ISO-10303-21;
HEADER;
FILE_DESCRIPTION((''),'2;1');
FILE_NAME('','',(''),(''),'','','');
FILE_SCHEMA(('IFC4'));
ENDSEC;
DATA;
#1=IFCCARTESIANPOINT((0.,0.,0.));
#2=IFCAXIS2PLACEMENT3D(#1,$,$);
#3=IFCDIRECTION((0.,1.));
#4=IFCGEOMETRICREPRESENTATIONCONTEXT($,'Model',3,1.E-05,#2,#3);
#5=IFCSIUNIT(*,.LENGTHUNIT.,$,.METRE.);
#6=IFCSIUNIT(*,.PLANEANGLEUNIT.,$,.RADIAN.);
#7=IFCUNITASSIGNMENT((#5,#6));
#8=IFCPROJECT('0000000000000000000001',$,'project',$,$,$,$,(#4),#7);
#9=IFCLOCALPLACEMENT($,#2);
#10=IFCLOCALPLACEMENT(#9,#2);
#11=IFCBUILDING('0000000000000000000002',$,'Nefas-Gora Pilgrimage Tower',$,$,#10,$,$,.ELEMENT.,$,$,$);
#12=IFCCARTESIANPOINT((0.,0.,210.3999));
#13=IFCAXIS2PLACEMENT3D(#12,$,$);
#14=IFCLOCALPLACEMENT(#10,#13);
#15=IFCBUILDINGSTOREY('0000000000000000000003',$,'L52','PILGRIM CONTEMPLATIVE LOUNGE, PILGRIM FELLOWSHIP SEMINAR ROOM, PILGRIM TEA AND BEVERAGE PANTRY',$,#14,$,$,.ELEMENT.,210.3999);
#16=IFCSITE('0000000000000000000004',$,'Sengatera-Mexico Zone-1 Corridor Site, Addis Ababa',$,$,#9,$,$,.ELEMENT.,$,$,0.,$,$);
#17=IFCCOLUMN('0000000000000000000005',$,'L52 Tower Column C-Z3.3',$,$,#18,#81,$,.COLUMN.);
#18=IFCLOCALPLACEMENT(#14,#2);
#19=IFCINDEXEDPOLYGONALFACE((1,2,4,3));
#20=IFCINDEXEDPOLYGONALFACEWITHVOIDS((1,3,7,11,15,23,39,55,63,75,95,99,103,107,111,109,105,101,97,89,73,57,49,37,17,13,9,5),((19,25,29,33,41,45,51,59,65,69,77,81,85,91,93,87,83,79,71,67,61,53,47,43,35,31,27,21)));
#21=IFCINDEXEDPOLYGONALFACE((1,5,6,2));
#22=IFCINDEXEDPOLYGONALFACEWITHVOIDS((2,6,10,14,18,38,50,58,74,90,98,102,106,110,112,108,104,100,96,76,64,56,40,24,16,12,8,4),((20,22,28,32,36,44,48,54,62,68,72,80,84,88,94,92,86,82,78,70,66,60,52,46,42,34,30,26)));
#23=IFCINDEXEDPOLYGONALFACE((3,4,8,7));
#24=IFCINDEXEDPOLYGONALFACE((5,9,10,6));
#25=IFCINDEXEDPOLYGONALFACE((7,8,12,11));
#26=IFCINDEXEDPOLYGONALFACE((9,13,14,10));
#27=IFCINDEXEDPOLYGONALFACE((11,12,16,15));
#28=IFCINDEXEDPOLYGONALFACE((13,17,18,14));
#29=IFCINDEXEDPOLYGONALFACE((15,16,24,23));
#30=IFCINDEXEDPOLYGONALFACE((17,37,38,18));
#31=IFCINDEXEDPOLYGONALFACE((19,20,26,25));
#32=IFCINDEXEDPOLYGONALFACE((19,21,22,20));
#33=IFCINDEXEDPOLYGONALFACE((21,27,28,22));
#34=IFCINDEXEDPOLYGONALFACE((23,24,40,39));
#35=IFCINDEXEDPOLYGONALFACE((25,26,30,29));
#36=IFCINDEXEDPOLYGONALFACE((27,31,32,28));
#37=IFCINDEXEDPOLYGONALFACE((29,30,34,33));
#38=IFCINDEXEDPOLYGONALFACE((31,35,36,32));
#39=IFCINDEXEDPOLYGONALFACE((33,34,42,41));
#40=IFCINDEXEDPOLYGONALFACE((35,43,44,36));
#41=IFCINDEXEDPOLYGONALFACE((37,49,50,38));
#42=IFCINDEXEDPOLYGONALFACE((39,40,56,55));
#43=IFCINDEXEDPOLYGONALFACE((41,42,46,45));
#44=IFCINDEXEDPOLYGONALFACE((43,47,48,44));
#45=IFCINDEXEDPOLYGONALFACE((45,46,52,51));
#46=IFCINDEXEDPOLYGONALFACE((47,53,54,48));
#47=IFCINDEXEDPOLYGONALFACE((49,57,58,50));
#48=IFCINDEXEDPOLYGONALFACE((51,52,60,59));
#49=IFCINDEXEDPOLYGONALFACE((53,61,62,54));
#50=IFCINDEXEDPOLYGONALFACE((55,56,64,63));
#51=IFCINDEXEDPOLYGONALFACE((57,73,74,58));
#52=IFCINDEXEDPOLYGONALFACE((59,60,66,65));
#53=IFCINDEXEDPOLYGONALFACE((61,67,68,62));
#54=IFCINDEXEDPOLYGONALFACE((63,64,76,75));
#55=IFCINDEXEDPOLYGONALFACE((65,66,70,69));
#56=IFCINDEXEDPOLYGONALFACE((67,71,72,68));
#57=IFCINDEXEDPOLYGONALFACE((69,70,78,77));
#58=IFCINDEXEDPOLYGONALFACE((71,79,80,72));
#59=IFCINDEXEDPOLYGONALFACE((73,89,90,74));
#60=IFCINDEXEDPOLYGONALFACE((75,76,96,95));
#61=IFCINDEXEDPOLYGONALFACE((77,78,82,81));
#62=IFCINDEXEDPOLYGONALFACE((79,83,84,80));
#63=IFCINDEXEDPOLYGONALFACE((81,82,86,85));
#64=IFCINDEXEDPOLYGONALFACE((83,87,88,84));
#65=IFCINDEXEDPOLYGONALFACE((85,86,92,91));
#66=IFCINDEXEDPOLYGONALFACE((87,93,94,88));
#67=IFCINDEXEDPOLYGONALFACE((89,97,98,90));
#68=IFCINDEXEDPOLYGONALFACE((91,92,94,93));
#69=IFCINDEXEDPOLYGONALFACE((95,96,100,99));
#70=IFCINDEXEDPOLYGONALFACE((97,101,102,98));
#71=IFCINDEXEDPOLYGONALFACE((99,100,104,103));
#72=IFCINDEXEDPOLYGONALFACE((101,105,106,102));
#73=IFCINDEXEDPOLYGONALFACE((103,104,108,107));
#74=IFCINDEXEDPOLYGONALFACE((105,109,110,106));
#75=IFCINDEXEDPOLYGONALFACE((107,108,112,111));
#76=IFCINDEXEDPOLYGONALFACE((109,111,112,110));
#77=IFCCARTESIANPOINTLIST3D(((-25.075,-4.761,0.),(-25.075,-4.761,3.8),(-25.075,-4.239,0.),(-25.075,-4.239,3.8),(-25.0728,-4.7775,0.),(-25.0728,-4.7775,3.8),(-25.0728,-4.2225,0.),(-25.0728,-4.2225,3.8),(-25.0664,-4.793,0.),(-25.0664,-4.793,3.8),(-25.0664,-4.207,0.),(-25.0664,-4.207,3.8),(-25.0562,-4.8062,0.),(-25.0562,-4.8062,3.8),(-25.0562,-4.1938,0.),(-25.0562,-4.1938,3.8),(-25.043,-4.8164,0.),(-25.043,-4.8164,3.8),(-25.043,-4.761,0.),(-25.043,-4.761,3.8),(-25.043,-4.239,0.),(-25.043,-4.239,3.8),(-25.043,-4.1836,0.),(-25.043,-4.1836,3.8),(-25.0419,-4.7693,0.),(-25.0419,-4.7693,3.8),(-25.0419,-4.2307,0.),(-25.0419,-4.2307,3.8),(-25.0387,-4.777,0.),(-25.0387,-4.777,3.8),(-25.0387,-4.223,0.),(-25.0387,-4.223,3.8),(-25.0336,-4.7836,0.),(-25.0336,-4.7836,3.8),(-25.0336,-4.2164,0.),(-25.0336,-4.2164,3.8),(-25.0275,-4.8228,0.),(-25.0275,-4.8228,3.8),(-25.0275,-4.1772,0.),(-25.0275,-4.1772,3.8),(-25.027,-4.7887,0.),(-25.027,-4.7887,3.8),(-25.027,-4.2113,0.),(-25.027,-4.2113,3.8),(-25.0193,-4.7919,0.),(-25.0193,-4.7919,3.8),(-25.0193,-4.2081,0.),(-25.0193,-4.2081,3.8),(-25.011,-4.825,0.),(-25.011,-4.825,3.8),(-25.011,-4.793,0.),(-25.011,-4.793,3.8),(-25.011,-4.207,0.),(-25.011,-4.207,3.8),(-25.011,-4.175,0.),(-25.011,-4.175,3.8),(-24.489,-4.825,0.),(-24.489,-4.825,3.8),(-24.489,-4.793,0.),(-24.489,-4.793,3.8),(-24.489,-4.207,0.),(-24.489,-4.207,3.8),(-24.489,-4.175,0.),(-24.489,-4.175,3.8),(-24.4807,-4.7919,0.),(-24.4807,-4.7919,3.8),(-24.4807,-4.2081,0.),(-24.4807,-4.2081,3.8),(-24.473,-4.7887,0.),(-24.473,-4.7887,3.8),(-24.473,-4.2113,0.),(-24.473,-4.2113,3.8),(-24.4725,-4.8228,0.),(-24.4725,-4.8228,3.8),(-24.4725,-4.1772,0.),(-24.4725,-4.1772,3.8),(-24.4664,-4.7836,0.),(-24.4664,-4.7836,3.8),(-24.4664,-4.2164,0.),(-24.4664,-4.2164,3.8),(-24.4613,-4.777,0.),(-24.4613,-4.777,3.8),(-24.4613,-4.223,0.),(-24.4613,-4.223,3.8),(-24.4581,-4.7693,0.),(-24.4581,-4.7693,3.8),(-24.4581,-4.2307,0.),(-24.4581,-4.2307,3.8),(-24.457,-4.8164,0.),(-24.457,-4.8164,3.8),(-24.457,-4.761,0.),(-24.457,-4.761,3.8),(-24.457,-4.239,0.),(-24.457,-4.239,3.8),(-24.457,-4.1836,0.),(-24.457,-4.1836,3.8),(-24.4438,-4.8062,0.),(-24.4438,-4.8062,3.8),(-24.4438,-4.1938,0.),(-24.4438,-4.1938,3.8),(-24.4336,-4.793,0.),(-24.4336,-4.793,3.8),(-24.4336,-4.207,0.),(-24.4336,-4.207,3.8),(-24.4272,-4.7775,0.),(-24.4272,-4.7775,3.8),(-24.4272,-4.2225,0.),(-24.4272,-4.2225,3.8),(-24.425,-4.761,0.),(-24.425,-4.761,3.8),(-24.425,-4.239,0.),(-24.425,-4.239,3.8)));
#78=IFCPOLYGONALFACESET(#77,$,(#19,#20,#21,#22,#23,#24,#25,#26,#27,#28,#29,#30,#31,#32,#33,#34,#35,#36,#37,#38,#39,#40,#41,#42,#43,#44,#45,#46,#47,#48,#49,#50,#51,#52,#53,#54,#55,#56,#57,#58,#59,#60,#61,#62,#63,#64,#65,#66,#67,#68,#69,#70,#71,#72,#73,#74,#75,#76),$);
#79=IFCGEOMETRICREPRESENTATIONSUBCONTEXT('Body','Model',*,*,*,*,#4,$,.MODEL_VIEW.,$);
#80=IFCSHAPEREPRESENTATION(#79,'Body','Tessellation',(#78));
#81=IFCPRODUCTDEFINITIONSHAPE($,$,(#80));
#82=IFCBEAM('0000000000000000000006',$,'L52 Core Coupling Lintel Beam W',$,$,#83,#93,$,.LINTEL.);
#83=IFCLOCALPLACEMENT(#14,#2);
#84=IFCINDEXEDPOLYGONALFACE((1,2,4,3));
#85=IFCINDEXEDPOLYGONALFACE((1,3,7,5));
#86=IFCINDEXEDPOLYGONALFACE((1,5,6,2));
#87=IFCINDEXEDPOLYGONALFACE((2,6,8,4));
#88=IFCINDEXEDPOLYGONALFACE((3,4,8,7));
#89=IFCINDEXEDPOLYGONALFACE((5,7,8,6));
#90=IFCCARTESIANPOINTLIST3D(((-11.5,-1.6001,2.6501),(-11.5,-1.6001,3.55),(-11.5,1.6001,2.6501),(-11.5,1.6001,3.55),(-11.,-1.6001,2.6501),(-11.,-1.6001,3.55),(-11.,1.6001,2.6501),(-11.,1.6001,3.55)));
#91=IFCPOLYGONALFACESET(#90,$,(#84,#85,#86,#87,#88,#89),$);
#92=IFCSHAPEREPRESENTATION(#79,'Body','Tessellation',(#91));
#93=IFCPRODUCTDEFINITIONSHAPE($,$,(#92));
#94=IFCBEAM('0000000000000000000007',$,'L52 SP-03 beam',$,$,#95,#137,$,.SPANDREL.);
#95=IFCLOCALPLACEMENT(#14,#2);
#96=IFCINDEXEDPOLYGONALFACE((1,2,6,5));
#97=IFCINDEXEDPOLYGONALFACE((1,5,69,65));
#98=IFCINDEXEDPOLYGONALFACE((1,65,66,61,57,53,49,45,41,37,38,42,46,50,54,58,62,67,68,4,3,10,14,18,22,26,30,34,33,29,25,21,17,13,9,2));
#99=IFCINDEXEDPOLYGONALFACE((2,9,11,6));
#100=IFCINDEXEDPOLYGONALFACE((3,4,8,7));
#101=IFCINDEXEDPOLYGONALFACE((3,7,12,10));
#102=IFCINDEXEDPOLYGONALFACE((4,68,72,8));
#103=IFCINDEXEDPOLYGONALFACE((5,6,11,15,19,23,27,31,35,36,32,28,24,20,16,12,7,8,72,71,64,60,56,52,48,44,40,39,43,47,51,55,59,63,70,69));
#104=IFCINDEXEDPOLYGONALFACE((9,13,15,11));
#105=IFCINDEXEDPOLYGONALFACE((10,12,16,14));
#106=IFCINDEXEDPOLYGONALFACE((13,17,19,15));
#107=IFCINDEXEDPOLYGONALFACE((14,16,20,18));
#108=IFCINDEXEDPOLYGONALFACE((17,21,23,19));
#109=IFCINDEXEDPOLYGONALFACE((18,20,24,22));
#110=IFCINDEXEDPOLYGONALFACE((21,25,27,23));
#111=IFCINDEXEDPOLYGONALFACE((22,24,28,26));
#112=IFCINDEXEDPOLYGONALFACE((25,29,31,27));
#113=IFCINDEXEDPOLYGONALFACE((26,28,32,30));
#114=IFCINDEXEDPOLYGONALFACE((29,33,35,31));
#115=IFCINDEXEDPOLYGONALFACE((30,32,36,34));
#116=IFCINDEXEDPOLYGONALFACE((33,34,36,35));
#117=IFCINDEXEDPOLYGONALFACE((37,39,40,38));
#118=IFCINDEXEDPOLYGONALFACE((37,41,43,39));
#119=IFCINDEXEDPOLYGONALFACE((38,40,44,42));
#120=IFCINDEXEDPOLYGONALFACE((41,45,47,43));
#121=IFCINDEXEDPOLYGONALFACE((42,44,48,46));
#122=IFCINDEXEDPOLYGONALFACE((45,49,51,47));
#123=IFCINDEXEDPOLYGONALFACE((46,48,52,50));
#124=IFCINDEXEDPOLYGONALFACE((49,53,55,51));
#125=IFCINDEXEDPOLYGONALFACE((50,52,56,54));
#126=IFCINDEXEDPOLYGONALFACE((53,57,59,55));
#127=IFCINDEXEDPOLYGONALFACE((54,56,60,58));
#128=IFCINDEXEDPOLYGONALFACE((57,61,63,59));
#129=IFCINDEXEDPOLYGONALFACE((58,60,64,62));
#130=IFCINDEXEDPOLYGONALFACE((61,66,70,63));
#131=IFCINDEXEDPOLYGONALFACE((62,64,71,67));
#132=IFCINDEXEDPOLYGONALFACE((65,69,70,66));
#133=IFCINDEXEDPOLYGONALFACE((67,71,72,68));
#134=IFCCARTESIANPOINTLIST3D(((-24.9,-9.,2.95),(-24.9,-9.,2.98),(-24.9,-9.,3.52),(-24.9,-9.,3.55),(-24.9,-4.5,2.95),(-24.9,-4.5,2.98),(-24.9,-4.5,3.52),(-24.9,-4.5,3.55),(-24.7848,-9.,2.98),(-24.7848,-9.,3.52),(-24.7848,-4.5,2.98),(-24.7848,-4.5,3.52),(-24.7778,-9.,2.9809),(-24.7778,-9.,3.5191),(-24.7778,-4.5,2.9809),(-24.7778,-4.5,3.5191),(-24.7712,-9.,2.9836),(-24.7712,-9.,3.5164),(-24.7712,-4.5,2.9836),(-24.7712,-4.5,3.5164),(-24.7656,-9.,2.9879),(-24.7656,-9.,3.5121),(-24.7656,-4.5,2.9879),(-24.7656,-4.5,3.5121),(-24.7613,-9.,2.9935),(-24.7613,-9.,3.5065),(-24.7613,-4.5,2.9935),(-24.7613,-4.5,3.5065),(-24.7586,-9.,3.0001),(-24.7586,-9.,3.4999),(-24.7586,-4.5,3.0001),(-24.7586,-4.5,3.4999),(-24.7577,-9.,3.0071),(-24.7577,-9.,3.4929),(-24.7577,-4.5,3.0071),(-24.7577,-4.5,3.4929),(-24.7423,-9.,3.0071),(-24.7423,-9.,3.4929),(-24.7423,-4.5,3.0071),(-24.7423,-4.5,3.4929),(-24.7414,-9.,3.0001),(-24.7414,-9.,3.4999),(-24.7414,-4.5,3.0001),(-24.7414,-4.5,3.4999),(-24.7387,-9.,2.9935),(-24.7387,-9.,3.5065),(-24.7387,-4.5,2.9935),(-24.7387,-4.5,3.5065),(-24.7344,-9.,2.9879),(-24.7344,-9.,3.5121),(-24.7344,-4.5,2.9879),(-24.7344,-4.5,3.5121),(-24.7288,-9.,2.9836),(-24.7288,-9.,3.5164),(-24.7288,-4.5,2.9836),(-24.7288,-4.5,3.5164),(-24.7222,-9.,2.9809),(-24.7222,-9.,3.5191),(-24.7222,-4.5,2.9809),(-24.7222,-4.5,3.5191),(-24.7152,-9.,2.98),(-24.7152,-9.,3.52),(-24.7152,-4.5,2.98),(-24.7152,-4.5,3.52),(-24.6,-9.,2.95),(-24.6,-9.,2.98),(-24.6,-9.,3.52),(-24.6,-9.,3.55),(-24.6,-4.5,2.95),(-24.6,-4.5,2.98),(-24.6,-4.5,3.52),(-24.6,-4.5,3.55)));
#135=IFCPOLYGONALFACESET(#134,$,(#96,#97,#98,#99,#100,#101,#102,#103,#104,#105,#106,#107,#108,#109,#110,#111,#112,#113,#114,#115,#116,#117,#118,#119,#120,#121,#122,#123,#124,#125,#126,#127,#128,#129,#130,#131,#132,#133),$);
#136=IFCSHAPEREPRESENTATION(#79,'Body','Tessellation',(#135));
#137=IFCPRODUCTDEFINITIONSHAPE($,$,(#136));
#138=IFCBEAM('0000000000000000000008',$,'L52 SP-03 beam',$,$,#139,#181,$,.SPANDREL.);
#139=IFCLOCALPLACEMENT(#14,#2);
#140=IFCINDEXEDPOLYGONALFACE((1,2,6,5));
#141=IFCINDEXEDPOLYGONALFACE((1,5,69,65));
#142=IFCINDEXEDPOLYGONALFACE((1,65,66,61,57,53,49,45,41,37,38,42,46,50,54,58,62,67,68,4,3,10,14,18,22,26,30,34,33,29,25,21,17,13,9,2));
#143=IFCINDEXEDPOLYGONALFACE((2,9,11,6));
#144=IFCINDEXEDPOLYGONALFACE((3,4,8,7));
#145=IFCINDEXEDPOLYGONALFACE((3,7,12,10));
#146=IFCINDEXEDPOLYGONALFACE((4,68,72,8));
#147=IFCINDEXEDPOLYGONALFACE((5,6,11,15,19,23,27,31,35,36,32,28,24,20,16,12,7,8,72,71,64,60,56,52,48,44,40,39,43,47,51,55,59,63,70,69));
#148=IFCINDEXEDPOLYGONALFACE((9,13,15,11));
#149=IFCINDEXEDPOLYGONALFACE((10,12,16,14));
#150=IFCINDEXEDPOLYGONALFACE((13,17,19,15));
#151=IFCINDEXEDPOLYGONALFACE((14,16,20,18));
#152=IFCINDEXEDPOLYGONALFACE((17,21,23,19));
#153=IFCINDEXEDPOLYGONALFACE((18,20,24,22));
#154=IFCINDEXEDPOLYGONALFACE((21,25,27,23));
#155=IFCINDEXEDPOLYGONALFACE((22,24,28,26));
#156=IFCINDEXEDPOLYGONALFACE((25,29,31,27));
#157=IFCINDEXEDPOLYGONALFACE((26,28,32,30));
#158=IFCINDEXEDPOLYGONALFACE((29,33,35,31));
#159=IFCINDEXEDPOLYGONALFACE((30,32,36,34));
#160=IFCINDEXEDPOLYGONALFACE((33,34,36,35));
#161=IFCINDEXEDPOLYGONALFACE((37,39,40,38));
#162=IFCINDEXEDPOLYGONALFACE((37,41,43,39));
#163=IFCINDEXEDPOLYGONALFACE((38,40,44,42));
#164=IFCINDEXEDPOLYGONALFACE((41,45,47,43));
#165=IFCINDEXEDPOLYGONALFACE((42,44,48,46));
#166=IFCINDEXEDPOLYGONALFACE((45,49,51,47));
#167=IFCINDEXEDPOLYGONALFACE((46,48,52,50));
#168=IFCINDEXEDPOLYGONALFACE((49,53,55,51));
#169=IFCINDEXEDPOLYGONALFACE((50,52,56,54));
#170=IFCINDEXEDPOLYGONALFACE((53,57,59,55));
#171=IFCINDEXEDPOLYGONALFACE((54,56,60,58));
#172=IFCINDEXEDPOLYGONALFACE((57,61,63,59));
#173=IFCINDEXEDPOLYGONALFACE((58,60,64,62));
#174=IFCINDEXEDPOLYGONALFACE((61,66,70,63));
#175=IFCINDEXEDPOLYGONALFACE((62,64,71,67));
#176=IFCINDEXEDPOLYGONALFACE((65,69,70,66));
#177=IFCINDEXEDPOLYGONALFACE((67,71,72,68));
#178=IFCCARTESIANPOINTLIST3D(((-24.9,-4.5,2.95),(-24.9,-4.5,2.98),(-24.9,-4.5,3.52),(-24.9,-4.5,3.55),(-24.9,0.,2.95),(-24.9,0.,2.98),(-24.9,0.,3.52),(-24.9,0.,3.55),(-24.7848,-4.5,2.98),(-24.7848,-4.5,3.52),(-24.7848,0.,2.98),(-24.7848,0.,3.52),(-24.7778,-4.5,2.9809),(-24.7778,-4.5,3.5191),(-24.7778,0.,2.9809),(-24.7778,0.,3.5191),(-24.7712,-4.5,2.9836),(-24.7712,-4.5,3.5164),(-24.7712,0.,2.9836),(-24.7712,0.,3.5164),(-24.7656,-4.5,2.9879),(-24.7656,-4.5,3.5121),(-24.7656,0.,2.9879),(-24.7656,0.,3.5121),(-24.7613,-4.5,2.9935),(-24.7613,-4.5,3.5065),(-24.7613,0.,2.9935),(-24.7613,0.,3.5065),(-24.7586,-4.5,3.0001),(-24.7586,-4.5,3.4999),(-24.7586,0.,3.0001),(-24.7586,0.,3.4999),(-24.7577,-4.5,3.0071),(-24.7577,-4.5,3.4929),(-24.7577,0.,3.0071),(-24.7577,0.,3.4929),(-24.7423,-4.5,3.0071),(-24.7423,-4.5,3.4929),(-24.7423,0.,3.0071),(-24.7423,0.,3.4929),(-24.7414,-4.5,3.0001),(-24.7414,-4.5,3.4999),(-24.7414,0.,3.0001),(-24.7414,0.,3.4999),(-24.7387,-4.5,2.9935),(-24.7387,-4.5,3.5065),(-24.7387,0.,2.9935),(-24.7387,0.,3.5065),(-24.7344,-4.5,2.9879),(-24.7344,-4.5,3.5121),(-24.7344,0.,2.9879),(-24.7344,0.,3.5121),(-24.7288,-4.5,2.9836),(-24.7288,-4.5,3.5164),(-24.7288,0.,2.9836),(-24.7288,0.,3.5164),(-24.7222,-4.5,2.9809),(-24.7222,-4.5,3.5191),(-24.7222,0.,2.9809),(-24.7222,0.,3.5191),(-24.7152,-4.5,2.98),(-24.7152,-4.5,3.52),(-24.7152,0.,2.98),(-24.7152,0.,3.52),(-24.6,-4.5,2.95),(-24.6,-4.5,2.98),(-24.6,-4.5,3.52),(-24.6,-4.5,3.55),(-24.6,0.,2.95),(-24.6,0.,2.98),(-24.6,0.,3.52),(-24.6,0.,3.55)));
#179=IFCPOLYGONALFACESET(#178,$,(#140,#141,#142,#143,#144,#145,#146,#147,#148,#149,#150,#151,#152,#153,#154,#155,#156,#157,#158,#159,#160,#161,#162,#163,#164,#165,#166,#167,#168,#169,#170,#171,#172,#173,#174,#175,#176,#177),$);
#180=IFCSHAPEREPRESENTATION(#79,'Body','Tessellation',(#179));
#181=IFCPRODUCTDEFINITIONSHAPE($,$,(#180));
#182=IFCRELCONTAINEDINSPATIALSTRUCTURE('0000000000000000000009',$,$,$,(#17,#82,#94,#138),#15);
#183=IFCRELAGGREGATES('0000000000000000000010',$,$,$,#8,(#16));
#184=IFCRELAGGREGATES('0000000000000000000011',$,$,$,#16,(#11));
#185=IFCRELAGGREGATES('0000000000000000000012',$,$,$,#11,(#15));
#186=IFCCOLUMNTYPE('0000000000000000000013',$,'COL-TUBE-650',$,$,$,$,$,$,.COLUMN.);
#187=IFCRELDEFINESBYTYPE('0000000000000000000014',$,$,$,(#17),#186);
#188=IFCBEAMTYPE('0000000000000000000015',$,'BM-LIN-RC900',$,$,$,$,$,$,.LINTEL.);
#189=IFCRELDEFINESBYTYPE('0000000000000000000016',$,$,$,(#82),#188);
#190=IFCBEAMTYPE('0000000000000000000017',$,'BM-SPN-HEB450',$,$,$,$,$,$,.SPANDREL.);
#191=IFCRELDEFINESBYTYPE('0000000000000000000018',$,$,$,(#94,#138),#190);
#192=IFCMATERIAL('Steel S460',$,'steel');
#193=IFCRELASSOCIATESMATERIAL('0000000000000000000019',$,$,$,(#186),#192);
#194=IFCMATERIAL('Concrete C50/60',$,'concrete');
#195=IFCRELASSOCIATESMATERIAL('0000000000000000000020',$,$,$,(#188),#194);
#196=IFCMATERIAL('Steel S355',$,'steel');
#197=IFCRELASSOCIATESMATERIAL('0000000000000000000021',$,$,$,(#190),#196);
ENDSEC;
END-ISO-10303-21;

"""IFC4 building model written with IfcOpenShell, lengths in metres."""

from ifc_helpers import new_model, si_unit, direction, frame, origin, origin_2d, place, context, subcontext, project, spatial, rectangle, hollow_rectangle, i_section, extrude, source, transform, mapped, material, material_profile, profile_set, type_object, element, save


model = new_model("IFC4")

# Units and contexts
model_context = context("Model", 3, precision=1e-05, world=origin(), true_north=direction((0.0, 1.0)))
body_context = subcontext(model_context, "Body", "Model", "MODEL_VIEW")
ifc_project = project(units=[si_unit("LENGTHUNIT", "METRE"), si_unit("PLANEANGLEUNIT", "RADIAN")], contexts=[model_context])

# Site, building, storey
site_placement = place(None, origin())
site = spatial("IfcSite", under=ifc_project, at=site_placement, Name="Sengatera-Mexico Zone-1 Corridor Site, Addis Ababa", CompositionType="ELEMENT", RefElevation=0.0)
building_placement = place(site_placement, origin())
building = spatial("IfcBuilding", under=site, at=building_placement, Name="Nefas-Gora Pilgrimage Tower", CompositionType="ELEMENT")
storey_placement = place(building_placement, frame((0.0, 0.0, 210.3999)))
storey = spatial("IfcBuildingStorey", under=building, at=storey_placement, Name="L52", Description="PILGRIM CONTEMPLATIVE LOUNGE, PILGRIM FELLOWSHIP SEMINAR ROOM, PILGRIM TEA AND BEVERAGE PANTRY", CompositionType="ELEMENT", Elevation=210.3999)

# Column
ifc_material_1 = material(Name="Steel S460", Category="steel")
ifc_material_profile_1 = material_profile(ifc_material_1, hollow_rectangle(XDim=0.6499, YDim=0.6499, WallThickness=0.032, InnerFilletRadius=0.032, OuterFilletRadius=0.064, at=origin_2d()), Name="BOX 650x650x32")
ifc_profile_set_1 = profile_set([ifc_material_profile_1], Name="Steel S460")
column_type_1 = type_object("IfcColumnType", Name="COL-TUBE-650", PredefinedType="COLUMN", material=ifc_profile_set_1)
shared_shape_1 = source(origin(), body_context, "Body", "SweptSolid", [
    extrude(hollow_rectangle(XDim=0.6499, YDim=0.6499, WallThickness=0.032, InnerFilletRadius=0.032, OuterFilletRadius=0.064, at=origin_2d()), origin(), (0.0, 0.0, 1.0), 3.8),
])
for number, where, z_axis, x_axis, name in (
    (1, (-24.75, -4.5, 0.0), (0.0, 0.0, 1.0), (1.0, 0.0, 0.0), "L52 Tower Column C-Z3.3"),
):
    element("IfcColumn", number, at=place(storey_placement, frame(where, z_axis=z_axis, x_axis=x_axis)), inside=storey, type_object=column_type_1, Name=name, PredefinedType="COLUMN", context=body_context, shape_type="MappedRepresentation", body=[
        mapped(shared_shape_1, transform((0.0, 0.0, 0.0), x_axis=(1.0, 0.0, 0.0), y_axis=(0.0, 1.0, 0.0), z_axis=(0.0, 0.0, 1.0), scale=1.0)),
    ])

# Beams
ifc_material_2 = material(Name="Concrete C50/60", Category="concrete")
ifc_material_profile_2 = material_profile(ifc_material_2, rectangle(XDim=0.5, YDim=0.8999, at=origin_2d()), Name="RC 500x900")
ifc_profile_set_2 = profile_set([ifc_material_profile_2], Name="Concrete C50/60")
beam_type_1 = type_object("IfcBeamType", Name="BM-LIN-RC900", PredefinedType="LINTEL", material=ifc_profile_set_2)
shared_shape_2 = source(origin(), body_context, "Body", "SweptSolid", [
    extrude(rectangle(XDim=0.5, YDim=0.8999, at=origin_2d()), origin(), (0.0, 0.0, 1.0), 3.2002),
])
beam_placement = place(storey_placement, frame((-11.25, -1.6001, 3.1001), z_axis=(0.0, 1.0, 0.0), x_axis=(-1.0, 0.0, 0.0)))
element("IfcBeam", 2, at=beam_placement, inside=storey, type_object=beam_type_1, Name="L52 Core Coupling Lintel Beam W", PredefinedType="LINTEL", context=body_context, shape_type="MappedRepresentation", body=[
    mapped(shared_shape_2, transform((0.0, 0.0, 0.0), x_axis=(1.0, 0.0, 0.0), y_axis=(0.0, 1.0, 0.0), z_axis=(0.0, 0.0, 1.0), scale=1.0)),
])
ifc_material_3 = material(Name="Steel S355", Category="steel")
ifc_material_profile_3 = material_profile(ifc_material_3, i_section(OverallWidth=0.3, OverallDepth=0.6001, WebThickness=0.0154, FlangeThickness=0.03, FilletRadius=0.0271, at=origin_2d()), Name="HEB 600")
ifc_profile_set_3 = profile_set([ifc_material_profile_3], Name="Steel S355")
beam_type_2 = type_object("IfcBeamType", Name="BM-SPN-HEB450", PredefinedType="SPANDREL", material=ifc_profile_set_3)
shared_shape_3 = source(origin(), body_context, "Body", "SweptSolid", [
    extrude(i_section(OverallWidth=0.3, OverallDepth=0.6001, WebThickness=0.0154, FlangeThickness=0.03, FilletRadius=0.0271, at=origin_2d()), origin(), (0.0, 0.0, 1.0), 4.5),
])
for number, where, z_axis, x_axis, name in (
    (3, (-24.75, -9.0, 3.25), (0.0, 1.0, 0.0), (-1.0, 0.0, 0.0), "L52 SP-03 beam"),
    (4, (-24.75, -4.5, 3.25), (0.0, 1.0, 0.0), (-1.0, 0.0, 0.0), "L52 SP-03 beam"),
):
    element("IfcBeam", number, at=place(storey_placement, frame(where, z_axis=z_axis, x_axis=x_axis)), inside=storey, type_object=beam_type_2, Name=name, PredefinedType="SPANDREL", context=body_context, shape_type="MappedRepresentation", body=[
        mapped(shared_shape_3, transform((0.0, 0.0, 0.0), x_axis=(1.0, 0.0, 0.0), y_axis=(0.0, 1.0, 0.0), z_axis=(0.0, 0.0, 1.0), scale=1.0)),
    ])

save(model, "model.ifc")
